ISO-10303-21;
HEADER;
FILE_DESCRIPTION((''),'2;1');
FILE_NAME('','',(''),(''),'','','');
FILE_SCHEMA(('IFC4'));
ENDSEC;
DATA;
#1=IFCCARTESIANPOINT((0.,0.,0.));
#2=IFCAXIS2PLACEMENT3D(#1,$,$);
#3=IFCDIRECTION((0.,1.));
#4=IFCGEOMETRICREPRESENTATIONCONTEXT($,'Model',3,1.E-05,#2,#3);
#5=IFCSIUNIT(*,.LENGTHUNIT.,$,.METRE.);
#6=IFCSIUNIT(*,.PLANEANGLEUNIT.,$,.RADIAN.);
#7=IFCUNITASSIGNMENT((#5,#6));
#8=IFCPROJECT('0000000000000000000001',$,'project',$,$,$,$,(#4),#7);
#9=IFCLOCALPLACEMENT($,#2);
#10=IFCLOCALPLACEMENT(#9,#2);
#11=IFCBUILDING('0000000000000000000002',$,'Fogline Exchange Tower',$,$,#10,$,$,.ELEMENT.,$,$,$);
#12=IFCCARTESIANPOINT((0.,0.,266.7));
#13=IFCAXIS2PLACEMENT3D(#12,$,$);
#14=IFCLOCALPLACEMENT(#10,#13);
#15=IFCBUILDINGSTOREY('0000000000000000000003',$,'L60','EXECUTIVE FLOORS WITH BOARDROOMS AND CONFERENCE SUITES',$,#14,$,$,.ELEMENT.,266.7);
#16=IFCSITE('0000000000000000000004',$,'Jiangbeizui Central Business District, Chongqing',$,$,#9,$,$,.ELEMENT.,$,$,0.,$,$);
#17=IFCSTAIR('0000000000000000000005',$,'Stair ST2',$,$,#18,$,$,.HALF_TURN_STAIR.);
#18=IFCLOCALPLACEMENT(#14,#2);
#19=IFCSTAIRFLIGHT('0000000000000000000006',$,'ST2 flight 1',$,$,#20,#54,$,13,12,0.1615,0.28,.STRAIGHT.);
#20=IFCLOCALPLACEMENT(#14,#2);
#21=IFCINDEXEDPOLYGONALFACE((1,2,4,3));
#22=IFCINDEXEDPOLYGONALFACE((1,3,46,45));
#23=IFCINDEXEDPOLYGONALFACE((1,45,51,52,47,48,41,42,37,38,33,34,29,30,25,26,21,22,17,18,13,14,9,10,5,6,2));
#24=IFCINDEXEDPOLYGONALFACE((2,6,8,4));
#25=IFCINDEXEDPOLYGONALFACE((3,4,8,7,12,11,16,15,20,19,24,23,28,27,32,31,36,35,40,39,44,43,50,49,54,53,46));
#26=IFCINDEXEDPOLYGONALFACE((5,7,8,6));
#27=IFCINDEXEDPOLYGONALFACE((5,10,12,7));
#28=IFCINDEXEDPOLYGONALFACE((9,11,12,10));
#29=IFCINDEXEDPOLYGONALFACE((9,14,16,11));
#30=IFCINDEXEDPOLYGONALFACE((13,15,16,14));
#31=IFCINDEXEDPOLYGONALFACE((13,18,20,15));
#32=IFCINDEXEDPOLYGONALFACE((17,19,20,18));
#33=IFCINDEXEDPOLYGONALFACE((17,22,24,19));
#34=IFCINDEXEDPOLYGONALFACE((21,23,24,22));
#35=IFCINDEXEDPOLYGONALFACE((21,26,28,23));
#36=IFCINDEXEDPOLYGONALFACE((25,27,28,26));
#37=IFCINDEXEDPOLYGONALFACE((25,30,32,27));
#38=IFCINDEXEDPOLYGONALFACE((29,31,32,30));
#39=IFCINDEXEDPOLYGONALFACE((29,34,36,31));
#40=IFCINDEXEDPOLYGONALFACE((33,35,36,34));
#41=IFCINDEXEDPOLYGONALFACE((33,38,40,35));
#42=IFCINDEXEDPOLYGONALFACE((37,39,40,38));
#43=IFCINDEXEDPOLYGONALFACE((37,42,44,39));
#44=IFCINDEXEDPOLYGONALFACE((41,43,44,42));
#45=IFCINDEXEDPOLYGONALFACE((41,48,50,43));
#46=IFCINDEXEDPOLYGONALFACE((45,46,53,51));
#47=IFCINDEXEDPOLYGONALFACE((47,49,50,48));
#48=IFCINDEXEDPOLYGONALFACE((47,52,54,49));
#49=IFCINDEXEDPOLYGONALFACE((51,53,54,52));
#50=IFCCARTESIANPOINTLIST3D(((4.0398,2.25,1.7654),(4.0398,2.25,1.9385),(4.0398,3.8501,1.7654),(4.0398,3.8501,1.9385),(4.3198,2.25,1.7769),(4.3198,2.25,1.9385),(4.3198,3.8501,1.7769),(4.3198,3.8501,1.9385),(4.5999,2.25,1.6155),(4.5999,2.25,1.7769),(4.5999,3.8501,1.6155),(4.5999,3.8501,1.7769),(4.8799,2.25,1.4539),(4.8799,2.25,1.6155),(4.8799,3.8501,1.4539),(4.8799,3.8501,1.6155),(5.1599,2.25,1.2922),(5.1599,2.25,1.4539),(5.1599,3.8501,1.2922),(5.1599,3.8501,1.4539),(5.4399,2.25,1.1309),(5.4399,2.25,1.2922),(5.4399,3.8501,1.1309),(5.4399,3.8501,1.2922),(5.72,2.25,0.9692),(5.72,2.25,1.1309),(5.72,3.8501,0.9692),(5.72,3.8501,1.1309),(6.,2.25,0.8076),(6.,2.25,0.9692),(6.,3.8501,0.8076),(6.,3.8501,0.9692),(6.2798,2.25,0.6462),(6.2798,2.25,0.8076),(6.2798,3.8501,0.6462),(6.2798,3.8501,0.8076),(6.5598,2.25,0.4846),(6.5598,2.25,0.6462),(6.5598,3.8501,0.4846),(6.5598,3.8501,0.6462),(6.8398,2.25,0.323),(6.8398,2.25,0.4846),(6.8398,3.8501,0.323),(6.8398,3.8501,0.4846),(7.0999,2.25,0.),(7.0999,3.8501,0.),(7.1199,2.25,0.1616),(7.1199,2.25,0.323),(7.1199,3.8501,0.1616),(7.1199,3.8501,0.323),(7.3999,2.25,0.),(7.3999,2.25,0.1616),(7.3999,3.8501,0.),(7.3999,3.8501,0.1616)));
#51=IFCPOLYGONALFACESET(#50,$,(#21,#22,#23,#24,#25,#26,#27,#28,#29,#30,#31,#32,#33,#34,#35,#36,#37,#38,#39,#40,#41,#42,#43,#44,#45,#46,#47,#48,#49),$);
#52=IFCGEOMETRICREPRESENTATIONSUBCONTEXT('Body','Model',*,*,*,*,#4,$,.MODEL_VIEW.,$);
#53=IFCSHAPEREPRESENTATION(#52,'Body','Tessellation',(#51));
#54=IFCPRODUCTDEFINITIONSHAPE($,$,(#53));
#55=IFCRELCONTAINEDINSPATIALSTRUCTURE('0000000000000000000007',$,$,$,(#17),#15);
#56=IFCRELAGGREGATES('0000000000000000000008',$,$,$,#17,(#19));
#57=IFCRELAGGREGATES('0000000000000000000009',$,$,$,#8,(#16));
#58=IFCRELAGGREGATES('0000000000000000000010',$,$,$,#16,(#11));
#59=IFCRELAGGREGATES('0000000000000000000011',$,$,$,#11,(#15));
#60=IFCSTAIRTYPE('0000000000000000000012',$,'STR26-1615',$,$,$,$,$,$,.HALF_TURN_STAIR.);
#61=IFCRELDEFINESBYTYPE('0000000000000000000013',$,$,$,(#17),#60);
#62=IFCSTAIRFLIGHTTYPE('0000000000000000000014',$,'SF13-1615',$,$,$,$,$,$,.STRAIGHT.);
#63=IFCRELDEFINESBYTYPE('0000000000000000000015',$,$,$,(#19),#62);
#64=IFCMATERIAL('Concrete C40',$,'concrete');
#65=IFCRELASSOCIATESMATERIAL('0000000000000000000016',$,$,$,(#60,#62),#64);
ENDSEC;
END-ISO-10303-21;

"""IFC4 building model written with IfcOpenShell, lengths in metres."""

from ifc_helpers import new_model, si_unit, direction, frame, origin, place, context, subcontext, project, spatial, polyline, outline, extrude, material, type_object, element, aggregate, save


model = new_model("IFC4")

# Units and contexts
model_context = context("Model", 3, precision=1e-05, world=origin(), true_north=direction((0.0, 1.0)))
body_context = subcontext(model_context, "Body", "Model", "MODEL_VIEW")
ifc_project = project(units=[si_unit("LENGTHUNIT", "METRE"), si_unit("PLANEANGLEUNIT", "RADIAN")], contexts=[model_context])

# Site, building, storey
site_placement = place(None, origin())
site = spatial("IfcSite", under=ifc_project, at=site_placement, Name="Jiangbeizui Central Business District, Chongqing", CompositionType="ELEMENT", RefElevation=0.0)
building_placement = place(site_placement, origin())
building = spatial("IfcBuilding", under=site, at=building_placement, Name="Fogline Exchange Tower", CompositionType="ELEMENT")
storey_placement = place(building_placement, frame((0.0, 0.0, 266.7)))
storey = spatial("IfcBuildingStorey", under=building, at=storey_placement, Name="L60", Description="EXECUTIVE FLOORS WITH BOARDROOMS AND CONFERENCE SUITES", CompositionType="ELEMENT", Elevation=266.7)

# Shared definitions
ifc_material_1 = material(Name="Concrete C40", Category="concrete")

# Stair, stair flight
stair_type = type_object("IfcStairType", Name="STR26-1615", PredefinedType="HALF_TURN_STAIR", material=ifc_material_1)
stair_placement = place(storey_placement, origin())
stair = element("IfcStair", 1, at=stair_placement, inside=storey, type_object=stair_type, Name="Stair ST2", PredefinedType="HALF_TURN_STAIR")
stair_flight_type = type_object("IfcStairFlightType", Name="SF13-1615", PredefinedType="STRAIGHT", material=ifc_material_1)
stair_flight_placement = place(storey_placement, frame((7.3999, 3.05, 0.0), z_axis=(0.0, 0.0, 1.0), x_axis=(-1.0, 0.0, 0.0)))
stair_flight = element("IfcStairFlight", 2, at=stair_flight_placement, type_object=stair_flight_type, Name="ST2 flight 1", NumberOfRisers=13, NumberOfTreads=12, PredefinedType="STRAIGHT", RiserHeight=0.1615, TreadLength=0.28, context=body_context, shape_type="SweptSolid", body=[
    extrude(outline(polyline([(0.0, 0.0), (0.0, 0.1616), (0.28, 0.1616), (0.28, 0.323), (0.5601, 0.323), (0.5601, 0.4846), (0.8401, 0.4846), (0.8401, 0.6462), (1.1201, 0.6462), (1.1201, 0.8076), (1.3999, 0.8076), (1.3999, 0.9692), (1.6799, 0.9692), (1.6799, 1.1309), (1.96, 1.1309), (1.96, 1.2922), (2.24, 1.2922), (2.24, 1.4539), (2.52, 1.4539), (2.52, 1.6155), (2.8, 1.6155), (2.8, 1.7769), (3.0801, 1.7769), (3.0801, 1.9385), (3.3601, 1.9385), (3.3601, 2.1001), (3.3601, 1.7654), (0.3, 0.0), (0.0, 0.0)])), frame((0.0, 0.8, 0.0), z_axis=(0.0, -1.0, 0.0), x_axis=(1.0, 0.0, 0.0)), (0.0, 0.0, 1.0), 1.6001),
])
aggregate(stair, [stair_flight])

save(model, "model.ifc")
